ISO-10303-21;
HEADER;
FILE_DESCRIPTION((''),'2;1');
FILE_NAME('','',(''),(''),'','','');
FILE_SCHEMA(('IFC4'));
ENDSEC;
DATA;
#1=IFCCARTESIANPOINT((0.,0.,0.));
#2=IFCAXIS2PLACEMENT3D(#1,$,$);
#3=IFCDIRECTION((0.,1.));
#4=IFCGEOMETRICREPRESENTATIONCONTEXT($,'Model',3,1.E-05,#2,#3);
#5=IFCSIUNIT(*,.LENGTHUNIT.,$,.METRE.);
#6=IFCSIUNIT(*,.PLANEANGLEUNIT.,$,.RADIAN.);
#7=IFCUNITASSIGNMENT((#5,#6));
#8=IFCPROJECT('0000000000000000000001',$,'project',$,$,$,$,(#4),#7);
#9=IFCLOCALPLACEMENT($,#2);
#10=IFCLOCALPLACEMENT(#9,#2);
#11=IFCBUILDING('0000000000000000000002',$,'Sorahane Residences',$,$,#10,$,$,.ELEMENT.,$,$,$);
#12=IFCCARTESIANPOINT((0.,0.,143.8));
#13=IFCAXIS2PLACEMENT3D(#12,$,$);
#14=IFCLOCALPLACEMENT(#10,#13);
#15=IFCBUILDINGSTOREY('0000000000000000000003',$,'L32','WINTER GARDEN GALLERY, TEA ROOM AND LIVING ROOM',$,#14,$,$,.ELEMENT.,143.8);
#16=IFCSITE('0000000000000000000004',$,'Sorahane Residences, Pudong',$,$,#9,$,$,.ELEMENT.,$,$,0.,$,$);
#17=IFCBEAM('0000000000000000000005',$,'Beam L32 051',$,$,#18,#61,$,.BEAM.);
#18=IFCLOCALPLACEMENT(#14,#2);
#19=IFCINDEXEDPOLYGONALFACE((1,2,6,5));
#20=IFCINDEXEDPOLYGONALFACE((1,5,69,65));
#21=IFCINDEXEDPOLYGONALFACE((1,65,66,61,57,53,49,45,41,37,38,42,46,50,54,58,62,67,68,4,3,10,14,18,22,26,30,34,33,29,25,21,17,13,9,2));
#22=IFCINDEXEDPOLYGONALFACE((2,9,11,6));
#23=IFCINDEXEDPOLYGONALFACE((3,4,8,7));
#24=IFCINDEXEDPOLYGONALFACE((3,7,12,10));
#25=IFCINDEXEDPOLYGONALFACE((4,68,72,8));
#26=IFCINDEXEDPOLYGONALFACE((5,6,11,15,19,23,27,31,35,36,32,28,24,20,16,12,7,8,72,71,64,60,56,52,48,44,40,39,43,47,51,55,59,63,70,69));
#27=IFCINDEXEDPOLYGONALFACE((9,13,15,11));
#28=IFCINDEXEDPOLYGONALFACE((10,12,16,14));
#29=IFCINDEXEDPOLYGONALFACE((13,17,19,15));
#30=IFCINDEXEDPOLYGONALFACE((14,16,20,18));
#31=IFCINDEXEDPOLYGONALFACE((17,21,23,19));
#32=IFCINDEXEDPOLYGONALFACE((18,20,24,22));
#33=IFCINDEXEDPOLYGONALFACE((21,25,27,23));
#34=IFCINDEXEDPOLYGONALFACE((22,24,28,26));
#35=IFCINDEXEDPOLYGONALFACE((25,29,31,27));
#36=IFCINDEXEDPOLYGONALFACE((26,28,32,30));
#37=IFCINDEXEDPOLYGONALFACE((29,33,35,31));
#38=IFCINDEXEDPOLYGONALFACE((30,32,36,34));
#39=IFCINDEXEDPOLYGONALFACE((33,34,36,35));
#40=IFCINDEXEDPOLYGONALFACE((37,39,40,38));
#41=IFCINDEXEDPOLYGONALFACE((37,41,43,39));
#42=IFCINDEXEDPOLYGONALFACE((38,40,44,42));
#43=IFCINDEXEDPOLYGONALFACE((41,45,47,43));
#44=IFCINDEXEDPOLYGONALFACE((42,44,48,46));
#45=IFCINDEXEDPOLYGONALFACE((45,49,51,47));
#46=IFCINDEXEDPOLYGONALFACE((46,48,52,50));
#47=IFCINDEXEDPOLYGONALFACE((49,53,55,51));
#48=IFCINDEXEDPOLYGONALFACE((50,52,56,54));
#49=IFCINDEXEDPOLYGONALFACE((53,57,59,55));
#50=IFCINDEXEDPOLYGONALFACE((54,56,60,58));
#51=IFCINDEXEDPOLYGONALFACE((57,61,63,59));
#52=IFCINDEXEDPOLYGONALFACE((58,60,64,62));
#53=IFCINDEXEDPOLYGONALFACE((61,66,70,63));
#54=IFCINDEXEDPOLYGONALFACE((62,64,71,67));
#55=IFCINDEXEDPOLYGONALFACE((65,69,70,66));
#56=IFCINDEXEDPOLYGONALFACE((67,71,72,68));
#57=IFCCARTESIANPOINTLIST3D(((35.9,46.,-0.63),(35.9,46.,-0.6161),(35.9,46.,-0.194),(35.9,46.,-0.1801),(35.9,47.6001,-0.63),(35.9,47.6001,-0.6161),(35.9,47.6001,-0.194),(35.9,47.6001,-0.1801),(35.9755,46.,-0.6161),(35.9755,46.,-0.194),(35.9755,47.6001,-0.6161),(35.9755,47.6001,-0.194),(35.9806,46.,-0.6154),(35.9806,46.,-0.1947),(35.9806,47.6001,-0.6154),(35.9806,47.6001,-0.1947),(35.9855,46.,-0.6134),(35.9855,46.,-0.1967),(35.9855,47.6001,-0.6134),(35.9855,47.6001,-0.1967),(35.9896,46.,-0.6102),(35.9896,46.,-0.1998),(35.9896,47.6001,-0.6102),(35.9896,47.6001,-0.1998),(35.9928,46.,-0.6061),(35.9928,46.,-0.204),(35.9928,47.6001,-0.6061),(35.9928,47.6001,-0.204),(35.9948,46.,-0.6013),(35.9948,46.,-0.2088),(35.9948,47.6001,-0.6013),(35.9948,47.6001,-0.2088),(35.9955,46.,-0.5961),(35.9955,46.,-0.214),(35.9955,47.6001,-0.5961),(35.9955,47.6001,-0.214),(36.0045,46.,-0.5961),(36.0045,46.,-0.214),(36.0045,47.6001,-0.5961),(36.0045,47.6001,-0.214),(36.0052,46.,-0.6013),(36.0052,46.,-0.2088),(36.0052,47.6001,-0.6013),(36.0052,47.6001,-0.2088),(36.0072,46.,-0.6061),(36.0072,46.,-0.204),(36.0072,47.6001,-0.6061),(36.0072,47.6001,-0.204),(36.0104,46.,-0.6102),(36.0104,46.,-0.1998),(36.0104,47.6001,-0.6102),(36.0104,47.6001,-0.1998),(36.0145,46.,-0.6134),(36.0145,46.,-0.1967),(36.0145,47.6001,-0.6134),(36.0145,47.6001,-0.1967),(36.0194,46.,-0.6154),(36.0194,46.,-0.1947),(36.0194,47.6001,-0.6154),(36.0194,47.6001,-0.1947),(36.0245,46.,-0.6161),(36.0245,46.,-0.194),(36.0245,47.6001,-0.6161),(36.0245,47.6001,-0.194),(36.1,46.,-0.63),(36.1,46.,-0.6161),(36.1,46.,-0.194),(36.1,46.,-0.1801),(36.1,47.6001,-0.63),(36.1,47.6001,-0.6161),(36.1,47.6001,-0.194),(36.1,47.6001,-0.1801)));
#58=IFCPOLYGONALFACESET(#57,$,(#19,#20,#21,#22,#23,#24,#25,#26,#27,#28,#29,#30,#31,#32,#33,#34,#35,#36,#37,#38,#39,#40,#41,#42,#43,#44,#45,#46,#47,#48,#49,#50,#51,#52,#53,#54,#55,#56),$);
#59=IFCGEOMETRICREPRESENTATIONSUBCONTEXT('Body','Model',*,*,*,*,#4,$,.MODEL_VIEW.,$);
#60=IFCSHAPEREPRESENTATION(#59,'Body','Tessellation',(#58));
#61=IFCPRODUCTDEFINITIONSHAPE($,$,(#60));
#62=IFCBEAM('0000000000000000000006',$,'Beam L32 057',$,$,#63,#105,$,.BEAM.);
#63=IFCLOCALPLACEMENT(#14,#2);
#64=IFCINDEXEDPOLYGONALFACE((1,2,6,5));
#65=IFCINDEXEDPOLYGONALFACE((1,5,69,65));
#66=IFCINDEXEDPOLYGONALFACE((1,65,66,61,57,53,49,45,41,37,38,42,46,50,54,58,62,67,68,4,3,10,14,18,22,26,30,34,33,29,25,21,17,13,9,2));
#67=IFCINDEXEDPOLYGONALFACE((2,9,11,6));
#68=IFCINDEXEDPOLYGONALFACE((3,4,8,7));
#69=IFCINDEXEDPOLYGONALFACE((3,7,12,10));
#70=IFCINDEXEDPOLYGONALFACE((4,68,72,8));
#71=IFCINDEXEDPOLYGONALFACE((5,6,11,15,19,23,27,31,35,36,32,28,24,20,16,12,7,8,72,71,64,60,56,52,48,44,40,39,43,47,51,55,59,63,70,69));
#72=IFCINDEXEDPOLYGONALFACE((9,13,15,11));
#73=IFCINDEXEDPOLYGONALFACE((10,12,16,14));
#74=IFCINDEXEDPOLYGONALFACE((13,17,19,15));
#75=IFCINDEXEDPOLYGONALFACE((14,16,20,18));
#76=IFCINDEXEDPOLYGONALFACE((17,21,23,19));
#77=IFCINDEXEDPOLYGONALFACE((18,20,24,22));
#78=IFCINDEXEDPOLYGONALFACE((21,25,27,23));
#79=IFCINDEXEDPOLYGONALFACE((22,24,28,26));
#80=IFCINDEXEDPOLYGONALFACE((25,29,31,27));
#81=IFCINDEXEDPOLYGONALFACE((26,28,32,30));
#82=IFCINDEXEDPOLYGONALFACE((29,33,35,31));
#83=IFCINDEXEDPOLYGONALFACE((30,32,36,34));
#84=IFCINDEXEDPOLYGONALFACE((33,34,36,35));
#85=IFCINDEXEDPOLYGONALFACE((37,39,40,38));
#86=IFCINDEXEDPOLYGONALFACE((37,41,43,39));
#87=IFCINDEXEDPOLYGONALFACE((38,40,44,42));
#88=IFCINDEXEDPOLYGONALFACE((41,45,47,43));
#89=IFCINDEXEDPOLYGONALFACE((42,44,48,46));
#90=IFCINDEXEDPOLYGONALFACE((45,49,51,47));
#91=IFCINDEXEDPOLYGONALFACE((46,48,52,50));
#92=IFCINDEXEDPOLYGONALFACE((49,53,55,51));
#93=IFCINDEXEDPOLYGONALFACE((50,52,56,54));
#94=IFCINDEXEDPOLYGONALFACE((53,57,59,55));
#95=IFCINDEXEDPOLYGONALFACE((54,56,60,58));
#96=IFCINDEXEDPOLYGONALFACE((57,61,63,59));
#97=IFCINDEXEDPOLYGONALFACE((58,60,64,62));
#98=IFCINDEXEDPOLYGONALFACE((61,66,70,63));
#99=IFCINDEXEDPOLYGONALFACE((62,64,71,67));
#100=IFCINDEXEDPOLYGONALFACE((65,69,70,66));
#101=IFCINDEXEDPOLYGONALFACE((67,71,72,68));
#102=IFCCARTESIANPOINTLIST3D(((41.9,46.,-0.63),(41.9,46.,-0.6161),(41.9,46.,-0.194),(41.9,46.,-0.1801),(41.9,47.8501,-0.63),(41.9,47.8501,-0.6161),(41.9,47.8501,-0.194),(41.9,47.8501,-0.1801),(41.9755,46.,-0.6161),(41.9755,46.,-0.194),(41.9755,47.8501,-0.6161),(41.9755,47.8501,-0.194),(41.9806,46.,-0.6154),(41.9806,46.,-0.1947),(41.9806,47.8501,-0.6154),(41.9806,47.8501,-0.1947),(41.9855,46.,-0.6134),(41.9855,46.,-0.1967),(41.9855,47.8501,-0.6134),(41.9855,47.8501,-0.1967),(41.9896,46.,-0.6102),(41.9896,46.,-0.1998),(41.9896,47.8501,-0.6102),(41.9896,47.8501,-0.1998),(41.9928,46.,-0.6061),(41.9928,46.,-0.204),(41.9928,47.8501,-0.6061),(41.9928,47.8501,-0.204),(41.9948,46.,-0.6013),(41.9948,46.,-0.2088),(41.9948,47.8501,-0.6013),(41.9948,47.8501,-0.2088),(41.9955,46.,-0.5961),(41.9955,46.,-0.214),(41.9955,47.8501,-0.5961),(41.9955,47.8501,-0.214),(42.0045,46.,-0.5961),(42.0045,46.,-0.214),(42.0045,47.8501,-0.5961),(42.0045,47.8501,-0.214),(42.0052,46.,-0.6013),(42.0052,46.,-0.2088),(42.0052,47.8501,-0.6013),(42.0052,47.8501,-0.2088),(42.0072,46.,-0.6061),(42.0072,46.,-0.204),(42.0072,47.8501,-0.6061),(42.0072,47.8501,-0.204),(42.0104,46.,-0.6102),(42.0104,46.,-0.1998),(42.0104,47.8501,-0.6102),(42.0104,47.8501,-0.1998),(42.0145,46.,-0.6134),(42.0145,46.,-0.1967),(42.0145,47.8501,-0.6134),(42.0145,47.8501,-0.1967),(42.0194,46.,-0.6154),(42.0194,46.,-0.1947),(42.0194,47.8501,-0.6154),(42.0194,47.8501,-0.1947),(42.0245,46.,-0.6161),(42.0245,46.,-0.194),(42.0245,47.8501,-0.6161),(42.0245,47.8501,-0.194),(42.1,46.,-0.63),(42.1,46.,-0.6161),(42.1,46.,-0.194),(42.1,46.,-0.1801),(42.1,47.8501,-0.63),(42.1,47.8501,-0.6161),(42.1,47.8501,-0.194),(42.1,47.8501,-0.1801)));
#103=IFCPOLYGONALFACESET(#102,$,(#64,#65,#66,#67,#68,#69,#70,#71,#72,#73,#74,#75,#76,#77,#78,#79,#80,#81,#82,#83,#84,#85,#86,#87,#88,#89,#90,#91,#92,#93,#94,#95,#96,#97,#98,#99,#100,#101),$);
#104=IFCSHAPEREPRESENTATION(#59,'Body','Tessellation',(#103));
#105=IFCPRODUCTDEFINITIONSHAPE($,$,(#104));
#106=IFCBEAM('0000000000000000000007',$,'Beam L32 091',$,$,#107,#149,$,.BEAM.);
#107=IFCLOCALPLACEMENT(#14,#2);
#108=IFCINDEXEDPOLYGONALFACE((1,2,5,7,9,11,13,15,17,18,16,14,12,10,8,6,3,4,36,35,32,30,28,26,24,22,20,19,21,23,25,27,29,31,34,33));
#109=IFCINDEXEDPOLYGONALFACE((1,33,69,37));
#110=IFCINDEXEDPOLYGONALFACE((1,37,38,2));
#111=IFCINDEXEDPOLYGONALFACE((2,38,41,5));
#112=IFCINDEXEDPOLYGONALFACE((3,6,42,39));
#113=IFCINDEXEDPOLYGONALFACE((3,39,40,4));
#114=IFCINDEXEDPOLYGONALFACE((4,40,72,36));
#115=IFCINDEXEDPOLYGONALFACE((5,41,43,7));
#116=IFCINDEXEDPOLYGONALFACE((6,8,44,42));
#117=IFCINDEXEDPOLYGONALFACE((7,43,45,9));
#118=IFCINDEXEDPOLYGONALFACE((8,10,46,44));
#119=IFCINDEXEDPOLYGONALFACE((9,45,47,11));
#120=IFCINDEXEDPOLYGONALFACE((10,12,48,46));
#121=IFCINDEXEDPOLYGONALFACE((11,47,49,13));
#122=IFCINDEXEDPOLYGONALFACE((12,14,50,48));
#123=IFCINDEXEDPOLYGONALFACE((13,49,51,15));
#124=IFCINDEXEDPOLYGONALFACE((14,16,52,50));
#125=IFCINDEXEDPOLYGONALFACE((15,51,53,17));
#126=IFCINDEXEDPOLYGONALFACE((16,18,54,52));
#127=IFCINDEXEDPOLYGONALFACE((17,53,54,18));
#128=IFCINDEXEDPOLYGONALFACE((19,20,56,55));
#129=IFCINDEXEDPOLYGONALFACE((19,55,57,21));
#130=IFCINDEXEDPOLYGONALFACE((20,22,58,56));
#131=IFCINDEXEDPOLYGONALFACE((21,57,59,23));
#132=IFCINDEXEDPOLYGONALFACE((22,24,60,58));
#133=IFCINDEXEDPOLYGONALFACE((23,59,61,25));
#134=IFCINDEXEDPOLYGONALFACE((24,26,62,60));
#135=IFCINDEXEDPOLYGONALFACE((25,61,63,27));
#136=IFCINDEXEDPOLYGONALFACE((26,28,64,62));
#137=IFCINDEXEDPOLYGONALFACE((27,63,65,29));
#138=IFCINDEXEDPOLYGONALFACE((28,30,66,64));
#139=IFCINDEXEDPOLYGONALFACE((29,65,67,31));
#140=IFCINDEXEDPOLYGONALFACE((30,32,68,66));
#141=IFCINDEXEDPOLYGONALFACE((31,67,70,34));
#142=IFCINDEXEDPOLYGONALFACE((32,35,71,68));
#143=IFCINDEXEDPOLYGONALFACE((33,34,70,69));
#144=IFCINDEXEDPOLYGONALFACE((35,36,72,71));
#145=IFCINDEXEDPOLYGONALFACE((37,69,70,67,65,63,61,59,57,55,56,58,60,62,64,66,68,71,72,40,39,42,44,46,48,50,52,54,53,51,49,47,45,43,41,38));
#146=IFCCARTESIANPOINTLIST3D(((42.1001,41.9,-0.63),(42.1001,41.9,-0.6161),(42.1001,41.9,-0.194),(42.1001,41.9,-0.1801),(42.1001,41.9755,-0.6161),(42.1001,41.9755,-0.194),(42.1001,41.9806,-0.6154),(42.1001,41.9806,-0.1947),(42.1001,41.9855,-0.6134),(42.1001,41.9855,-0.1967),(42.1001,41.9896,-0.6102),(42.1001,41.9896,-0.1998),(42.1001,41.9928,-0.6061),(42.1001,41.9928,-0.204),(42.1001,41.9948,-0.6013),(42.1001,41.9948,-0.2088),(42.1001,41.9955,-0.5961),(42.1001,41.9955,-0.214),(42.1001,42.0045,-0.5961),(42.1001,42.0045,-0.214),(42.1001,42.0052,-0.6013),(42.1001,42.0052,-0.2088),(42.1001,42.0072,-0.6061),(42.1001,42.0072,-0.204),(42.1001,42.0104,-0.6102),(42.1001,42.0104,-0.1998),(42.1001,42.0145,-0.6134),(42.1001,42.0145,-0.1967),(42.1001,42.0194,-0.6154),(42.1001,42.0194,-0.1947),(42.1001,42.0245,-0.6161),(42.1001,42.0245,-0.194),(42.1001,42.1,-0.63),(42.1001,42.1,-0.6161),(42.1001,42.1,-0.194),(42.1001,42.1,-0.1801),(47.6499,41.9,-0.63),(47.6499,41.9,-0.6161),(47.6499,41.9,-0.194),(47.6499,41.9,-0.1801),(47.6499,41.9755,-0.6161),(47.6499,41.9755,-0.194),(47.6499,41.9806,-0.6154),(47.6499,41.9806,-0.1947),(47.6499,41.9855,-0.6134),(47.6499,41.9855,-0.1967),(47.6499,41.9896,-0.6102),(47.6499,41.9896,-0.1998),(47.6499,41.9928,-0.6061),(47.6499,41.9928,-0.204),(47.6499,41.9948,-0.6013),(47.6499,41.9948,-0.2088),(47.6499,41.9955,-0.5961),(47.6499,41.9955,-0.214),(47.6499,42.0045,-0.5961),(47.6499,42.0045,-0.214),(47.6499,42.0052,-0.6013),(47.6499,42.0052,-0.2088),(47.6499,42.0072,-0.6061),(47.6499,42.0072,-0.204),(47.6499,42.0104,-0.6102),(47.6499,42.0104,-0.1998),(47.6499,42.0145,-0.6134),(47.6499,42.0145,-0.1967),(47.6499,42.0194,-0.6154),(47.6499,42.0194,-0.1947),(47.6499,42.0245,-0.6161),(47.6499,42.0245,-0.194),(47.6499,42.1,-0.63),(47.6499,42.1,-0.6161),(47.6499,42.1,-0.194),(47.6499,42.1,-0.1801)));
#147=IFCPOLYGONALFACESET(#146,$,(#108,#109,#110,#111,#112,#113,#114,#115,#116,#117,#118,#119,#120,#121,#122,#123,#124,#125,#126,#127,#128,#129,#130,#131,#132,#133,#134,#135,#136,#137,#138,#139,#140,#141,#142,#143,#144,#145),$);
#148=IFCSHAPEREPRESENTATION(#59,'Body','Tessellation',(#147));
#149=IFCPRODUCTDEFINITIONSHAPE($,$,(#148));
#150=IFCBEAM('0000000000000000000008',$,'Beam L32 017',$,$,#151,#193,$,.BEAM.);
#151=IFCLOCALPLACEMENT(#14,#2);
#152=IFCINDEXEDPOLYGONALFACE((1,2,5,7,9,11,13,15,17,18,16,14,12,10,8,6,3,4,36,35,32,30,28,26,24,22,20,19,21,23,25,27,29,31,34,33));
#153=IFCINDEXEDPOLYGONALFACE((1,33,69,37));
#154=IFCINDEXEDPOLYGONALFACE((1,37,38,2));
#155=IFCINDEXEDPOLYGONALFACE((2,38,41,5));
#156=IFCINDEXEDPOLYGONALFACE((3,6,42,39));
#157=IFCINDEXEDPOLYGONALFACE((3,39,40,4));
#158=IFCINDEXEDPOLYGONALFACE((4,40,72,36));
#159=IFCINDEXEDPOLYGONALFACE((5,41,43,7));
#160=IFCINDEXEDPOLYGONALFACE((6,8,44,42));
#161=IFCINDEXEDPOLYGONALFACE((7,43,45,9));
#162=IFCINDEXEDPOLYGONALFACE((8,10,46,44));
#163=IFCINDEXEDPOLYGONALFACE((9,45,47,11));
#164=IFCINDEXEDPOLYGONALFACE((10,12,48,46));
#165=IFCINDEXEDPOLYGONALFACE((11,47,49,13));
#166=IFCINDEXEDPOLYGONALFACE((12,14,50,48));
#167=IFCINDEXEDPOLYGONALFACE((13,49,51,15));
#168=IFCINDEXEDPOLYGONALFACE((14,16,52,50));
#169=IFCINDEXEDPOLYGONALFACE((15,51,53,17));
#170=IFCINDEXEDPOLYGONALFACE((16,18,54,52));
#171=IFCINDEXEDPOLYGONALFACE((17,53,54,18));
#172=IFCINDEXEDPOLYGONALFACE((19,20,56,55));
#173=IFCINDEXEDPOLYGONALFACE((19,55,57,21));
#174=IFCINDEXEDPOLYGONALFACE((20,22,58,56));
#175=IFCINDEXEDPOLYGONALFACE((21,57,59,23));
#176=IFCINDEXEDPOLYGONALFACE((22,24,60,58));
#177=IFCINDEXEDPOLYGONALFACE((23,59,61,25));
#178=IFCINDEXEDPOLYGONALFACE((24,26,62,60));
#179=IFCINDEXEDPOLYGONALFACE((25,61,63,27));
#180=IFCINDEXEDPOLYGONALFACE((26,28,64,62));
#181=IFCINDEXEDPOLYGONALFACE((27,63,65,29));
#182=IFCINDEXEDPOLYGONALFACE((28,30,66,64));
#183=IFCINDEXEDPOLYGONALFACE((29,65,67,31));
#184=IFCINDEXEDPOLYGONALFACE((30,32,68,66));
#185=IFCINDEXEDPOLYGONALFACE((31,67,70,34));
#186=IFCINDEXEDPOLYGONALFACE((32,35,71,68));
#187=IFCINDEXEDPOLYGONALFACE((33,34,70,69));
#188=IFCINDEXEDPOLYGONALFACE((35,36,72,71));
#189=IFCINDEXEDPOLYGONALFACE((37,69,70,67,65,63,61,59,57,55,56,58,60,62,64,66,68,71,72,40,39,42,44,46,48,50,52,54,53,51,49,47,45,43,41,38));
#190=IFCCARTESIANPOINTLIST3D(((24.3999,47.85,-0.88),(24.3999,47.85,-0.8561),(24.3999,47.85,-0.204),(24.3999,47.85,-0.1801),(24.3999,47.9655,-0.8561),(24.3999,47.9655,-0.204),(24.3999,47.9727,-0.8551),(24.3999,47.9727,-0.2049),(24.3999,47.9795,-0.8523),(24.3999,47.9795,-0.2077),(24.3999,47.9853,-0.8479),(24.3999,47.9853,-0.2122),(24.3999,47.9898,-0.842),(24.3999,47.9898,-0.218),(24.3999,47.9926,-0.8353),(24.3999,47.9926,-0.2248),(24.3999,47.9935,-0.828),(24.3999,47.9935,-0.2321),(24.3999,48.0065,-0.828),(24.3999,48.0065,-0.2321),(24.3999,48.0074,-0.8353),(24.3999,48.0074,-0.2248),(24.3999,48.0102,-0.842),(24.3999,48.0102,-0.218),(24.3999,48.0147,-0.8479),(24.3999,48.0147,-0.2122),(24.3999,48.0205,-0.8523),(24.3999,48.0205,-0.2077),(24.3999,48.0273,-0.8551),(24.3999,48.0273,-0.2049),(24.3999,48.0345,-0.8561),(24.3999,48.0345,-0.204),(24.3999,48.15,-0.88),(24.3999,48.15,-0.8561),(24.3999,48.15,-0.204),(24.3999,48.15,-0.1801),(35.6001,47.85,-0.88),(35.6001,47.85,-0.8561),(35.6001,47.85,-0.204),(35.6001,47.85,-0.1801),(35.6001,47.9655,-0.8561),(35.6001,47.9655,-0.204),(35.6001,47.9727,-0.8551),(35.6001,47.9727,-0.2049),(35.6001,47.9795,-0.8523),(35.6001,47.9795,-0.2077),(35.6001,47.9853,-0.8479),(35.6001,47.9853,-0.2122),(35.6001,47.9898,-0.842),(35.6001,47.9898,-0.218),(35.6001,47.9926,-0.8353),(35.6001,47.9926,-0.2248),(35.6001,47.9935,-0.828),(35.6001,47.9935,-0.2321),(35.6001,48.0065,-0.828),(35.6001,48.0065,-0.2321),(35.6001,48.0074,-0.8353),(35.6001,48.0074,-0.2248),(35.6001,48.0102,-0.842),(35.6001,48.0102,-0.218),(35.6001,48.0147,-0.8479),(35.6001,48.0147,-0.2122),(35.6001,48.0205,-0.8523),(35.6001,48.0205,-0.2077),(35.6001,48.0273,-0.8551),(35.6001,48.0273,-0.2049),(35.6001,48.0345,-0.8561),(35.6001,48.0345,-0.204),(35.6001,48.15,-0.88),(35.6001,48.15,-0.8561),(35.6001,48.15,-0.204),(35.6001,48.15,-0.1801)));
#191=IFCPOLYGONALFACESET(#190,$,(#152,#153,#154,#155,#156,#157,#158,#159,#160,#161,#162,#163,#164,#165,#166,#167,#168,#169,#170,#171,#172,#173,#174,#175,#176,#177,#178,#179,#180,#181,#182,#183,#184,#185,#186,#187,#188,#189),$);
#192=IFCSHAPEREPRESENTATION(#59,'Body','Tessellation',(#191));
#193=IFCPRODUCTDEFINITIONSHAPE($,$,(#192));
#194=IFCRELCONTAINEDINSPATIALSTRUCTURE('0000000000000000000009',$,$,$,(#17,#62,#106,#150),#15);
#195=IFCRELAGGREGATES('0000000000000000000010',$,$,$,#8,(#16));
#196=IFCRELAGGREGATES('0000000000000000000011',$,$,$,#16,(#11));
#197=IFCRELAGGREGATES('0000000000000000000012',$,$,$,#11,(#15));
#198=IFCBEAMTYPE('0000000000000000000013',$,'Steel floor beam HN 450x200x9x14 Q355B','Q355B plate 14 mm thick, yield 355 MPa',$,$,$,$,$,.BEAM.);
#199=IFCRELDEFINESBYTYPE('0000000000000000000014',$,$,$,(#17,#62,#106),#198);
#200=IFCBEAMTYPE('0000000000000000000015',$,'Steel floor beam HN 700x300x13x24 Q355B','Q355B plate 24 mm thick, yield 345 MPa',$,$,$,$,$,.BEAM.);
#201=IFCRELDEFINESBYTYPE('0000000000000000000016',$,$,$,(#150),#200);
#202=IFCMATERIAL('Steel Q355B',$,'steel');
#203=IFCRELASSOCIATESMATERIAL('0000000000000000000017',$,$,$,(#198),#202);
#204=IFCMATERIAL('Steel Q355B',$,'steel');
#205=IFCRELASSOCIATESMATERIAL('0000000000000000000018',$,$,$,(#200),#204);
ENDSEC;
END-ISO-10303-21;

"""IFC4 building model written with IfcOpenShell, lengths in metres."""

from ifc_helpers import new_model, si_unit, direction, frame, origin, origin_2d, place, context, subcontext, project, spatial, i_section, extrude, material, material_profile, profile_set, type_object, element, save


model = new_model("IFC4")

# Units and contexts
model_context = context("Model", 3, precision=1e-05, world=origin(), true_north=direction((0.0, 1.0)))
body_context = subcontext(model_context, "Body", "Model", "MODEL_VIEW")
ifc_project = project(units=[si_unit("LENGTHUNIT", "METRE"), si_unit("PLANEANGLEUNIT", "RADIAN")], contexts=[model_context])

# Site, building, storey
site_placement = place(None, origin())
site = spatial("IfcSite", under=ifc_project, at=site_placement, Name="Sorahane Residences, Pudong", CompositionType="ELEMENT", RefElevation=0.0)
building_placement = place(site_placement, origin())
building = spatial("IfcBuilding", under=site, at=building_placement, Name="Sorahane Residences", CompositionType="ELEMENT")
storey_placement = place(building_placement, frame((0.0, 0.0, 143.8)))
storey = spatial("IfcBuildingStorey", under=building, at=storey_placement, Name="L32", Description="WINTER GARDEN GALLERY, TEA ROOM AND LIVING ROOM", CompositionType="ELEMENT", Elevation=143.8)

# Beams
ifc_material_1 = material(Name="Steel Q355B", Category="steel")
ifc_material_profile_1 = material_profile(ifc_material_1, i_section(OverallWidth=0.2, OverallDepth=0.45, WebThickness=0.009, FlangeThickness=0.0139, FilletRadius=0.02, at=origin_2d()), Name="HN 450x200x9x14")
ifc_profile_set_1 = profile_set([ifc_material_profile_1], Name="Steel Q355B")
beam_type_1 = type_object("IfcBeamType", Name="Steel floor beam HN 450x200x9x14 Q355B", Description="Q355B plate 14 mm thick, yield 355 MPa", PredefinedType="BEAM", material=ifc_profile_set_1)
beam_1_placement = place(storey_placement, frame((36.0, 46.0, -0.405), z_axis=(0.0, 1.0, 0.0), x_axis=(-1.0, 0.0, 0.0)))
element("IfcBeam", 1, at=beam_1_placement, inside=storey, type_object=beam_type_1, Name="Beam L32 051", PredefinedType="BEAM", context=body_context, shape_type="SweptSolid", body=[
    extrude(i_section(OverallWidth=0.2, OverallDepth=0.45, WebThickness=0.009, FlangeThickness=0.0139, FilletRadius=0.02, at=origin_2d()), origin(), (0.0, 0.0, 1.0), 1.6001),
])
beam_2_placement = place(storey_placement, frame((42.0, 46.0, -0.405), z_axis=(0.0, 1.0, 0.0), x_axis=(-1.0, 0.0, 0.0)))
element("IfcBeam", 2, at=beam_2_placement, inside=storey, type_object=beam_type_1, Name="Beam L32 057", PredefinedType="BEAM", context=body_context, shape_type="SweptSolid", body=[
    extrude(i_section(OverallWidth=0.2, OverallDepth=0.45, WebThickness=0.009, FlangeThickness=0.0139, FilletRadius=0.02, at=origin_2d()), origin(), (0.0, 0.0, 1.0), 1.8501),
])
beam_3_placement = place(storey_placement, frame((42.1001, 42.0, -0.405), z_axis=(1.0, 0.0, 0.0), x_axis=(0.0, 1.0, 0.0)))
element("IfcBeam", 3, at=beam_3_placement, inside=storey, type_object=beam_type_1, Name="Beam L32 091", PredefinedType="BEAM", context=body_context, shape_type="SweptSolid", body=[
    extrude(i_section(OverallWidth=0.2, OverallDepth=0.45, WebThickness=0.009, FlangeThickness=0.0139, FilletRadius=0.02, at=origin_2d()), origin(), (0.0, 0.0, 1.0), 5.5498),
])
ifc_material_2 = material(Name="Steel Q355B", Category="steel")
ifc_material_profile_2 = material_profile(ifc_material_2, i_section(OverallWidth=0.3, OverallDepth=0.7, WebThickness=0.0129, FlangeThickness=0.0239, FilletRadius=0.0281, at=origin_2d()), Name="HN 700x300x13x24")
ifc_profile_set_2 = profile_set([ifc_material_profile_2], Name="Steel Q355B")
beam_type_2 = type_object("IfcBeamType", Name="Steel floor beam HN 700x300x13x24 Q355B", Description="Q355B plate 24 mm thick, yield 345 MPa", PredefinedType="BEAM", material=ifc_profile_set_2)
for number, where, z_axis, x_axis, name in (
    (4, (24.3999, 48.0, -0.53), (1.0, 0.0, 0.0), (0.0, 1.0, 0.0), "Beam L32 017"),
):
    element("IfcBeam", number, at=place(storey_placement, frame(where, z_axis=z_axis, x_axis=x_axis)), inside=storey, type_object=beam_type_2, Name=name, PredefinedType="BEAM", context=body_context, shape_type="SweptSolid", body=[
        extrude(i_section(OverallWidth=0.3, OverallDepth=0.7, WebThickness=0.0129, FlangeThickness=0.0239, FilletRadius=0.0281, at=origin_2d()), origin(), (0.0, 0.0, 1.0), 11.2002),
    ])

save(model, "model.ifc")
